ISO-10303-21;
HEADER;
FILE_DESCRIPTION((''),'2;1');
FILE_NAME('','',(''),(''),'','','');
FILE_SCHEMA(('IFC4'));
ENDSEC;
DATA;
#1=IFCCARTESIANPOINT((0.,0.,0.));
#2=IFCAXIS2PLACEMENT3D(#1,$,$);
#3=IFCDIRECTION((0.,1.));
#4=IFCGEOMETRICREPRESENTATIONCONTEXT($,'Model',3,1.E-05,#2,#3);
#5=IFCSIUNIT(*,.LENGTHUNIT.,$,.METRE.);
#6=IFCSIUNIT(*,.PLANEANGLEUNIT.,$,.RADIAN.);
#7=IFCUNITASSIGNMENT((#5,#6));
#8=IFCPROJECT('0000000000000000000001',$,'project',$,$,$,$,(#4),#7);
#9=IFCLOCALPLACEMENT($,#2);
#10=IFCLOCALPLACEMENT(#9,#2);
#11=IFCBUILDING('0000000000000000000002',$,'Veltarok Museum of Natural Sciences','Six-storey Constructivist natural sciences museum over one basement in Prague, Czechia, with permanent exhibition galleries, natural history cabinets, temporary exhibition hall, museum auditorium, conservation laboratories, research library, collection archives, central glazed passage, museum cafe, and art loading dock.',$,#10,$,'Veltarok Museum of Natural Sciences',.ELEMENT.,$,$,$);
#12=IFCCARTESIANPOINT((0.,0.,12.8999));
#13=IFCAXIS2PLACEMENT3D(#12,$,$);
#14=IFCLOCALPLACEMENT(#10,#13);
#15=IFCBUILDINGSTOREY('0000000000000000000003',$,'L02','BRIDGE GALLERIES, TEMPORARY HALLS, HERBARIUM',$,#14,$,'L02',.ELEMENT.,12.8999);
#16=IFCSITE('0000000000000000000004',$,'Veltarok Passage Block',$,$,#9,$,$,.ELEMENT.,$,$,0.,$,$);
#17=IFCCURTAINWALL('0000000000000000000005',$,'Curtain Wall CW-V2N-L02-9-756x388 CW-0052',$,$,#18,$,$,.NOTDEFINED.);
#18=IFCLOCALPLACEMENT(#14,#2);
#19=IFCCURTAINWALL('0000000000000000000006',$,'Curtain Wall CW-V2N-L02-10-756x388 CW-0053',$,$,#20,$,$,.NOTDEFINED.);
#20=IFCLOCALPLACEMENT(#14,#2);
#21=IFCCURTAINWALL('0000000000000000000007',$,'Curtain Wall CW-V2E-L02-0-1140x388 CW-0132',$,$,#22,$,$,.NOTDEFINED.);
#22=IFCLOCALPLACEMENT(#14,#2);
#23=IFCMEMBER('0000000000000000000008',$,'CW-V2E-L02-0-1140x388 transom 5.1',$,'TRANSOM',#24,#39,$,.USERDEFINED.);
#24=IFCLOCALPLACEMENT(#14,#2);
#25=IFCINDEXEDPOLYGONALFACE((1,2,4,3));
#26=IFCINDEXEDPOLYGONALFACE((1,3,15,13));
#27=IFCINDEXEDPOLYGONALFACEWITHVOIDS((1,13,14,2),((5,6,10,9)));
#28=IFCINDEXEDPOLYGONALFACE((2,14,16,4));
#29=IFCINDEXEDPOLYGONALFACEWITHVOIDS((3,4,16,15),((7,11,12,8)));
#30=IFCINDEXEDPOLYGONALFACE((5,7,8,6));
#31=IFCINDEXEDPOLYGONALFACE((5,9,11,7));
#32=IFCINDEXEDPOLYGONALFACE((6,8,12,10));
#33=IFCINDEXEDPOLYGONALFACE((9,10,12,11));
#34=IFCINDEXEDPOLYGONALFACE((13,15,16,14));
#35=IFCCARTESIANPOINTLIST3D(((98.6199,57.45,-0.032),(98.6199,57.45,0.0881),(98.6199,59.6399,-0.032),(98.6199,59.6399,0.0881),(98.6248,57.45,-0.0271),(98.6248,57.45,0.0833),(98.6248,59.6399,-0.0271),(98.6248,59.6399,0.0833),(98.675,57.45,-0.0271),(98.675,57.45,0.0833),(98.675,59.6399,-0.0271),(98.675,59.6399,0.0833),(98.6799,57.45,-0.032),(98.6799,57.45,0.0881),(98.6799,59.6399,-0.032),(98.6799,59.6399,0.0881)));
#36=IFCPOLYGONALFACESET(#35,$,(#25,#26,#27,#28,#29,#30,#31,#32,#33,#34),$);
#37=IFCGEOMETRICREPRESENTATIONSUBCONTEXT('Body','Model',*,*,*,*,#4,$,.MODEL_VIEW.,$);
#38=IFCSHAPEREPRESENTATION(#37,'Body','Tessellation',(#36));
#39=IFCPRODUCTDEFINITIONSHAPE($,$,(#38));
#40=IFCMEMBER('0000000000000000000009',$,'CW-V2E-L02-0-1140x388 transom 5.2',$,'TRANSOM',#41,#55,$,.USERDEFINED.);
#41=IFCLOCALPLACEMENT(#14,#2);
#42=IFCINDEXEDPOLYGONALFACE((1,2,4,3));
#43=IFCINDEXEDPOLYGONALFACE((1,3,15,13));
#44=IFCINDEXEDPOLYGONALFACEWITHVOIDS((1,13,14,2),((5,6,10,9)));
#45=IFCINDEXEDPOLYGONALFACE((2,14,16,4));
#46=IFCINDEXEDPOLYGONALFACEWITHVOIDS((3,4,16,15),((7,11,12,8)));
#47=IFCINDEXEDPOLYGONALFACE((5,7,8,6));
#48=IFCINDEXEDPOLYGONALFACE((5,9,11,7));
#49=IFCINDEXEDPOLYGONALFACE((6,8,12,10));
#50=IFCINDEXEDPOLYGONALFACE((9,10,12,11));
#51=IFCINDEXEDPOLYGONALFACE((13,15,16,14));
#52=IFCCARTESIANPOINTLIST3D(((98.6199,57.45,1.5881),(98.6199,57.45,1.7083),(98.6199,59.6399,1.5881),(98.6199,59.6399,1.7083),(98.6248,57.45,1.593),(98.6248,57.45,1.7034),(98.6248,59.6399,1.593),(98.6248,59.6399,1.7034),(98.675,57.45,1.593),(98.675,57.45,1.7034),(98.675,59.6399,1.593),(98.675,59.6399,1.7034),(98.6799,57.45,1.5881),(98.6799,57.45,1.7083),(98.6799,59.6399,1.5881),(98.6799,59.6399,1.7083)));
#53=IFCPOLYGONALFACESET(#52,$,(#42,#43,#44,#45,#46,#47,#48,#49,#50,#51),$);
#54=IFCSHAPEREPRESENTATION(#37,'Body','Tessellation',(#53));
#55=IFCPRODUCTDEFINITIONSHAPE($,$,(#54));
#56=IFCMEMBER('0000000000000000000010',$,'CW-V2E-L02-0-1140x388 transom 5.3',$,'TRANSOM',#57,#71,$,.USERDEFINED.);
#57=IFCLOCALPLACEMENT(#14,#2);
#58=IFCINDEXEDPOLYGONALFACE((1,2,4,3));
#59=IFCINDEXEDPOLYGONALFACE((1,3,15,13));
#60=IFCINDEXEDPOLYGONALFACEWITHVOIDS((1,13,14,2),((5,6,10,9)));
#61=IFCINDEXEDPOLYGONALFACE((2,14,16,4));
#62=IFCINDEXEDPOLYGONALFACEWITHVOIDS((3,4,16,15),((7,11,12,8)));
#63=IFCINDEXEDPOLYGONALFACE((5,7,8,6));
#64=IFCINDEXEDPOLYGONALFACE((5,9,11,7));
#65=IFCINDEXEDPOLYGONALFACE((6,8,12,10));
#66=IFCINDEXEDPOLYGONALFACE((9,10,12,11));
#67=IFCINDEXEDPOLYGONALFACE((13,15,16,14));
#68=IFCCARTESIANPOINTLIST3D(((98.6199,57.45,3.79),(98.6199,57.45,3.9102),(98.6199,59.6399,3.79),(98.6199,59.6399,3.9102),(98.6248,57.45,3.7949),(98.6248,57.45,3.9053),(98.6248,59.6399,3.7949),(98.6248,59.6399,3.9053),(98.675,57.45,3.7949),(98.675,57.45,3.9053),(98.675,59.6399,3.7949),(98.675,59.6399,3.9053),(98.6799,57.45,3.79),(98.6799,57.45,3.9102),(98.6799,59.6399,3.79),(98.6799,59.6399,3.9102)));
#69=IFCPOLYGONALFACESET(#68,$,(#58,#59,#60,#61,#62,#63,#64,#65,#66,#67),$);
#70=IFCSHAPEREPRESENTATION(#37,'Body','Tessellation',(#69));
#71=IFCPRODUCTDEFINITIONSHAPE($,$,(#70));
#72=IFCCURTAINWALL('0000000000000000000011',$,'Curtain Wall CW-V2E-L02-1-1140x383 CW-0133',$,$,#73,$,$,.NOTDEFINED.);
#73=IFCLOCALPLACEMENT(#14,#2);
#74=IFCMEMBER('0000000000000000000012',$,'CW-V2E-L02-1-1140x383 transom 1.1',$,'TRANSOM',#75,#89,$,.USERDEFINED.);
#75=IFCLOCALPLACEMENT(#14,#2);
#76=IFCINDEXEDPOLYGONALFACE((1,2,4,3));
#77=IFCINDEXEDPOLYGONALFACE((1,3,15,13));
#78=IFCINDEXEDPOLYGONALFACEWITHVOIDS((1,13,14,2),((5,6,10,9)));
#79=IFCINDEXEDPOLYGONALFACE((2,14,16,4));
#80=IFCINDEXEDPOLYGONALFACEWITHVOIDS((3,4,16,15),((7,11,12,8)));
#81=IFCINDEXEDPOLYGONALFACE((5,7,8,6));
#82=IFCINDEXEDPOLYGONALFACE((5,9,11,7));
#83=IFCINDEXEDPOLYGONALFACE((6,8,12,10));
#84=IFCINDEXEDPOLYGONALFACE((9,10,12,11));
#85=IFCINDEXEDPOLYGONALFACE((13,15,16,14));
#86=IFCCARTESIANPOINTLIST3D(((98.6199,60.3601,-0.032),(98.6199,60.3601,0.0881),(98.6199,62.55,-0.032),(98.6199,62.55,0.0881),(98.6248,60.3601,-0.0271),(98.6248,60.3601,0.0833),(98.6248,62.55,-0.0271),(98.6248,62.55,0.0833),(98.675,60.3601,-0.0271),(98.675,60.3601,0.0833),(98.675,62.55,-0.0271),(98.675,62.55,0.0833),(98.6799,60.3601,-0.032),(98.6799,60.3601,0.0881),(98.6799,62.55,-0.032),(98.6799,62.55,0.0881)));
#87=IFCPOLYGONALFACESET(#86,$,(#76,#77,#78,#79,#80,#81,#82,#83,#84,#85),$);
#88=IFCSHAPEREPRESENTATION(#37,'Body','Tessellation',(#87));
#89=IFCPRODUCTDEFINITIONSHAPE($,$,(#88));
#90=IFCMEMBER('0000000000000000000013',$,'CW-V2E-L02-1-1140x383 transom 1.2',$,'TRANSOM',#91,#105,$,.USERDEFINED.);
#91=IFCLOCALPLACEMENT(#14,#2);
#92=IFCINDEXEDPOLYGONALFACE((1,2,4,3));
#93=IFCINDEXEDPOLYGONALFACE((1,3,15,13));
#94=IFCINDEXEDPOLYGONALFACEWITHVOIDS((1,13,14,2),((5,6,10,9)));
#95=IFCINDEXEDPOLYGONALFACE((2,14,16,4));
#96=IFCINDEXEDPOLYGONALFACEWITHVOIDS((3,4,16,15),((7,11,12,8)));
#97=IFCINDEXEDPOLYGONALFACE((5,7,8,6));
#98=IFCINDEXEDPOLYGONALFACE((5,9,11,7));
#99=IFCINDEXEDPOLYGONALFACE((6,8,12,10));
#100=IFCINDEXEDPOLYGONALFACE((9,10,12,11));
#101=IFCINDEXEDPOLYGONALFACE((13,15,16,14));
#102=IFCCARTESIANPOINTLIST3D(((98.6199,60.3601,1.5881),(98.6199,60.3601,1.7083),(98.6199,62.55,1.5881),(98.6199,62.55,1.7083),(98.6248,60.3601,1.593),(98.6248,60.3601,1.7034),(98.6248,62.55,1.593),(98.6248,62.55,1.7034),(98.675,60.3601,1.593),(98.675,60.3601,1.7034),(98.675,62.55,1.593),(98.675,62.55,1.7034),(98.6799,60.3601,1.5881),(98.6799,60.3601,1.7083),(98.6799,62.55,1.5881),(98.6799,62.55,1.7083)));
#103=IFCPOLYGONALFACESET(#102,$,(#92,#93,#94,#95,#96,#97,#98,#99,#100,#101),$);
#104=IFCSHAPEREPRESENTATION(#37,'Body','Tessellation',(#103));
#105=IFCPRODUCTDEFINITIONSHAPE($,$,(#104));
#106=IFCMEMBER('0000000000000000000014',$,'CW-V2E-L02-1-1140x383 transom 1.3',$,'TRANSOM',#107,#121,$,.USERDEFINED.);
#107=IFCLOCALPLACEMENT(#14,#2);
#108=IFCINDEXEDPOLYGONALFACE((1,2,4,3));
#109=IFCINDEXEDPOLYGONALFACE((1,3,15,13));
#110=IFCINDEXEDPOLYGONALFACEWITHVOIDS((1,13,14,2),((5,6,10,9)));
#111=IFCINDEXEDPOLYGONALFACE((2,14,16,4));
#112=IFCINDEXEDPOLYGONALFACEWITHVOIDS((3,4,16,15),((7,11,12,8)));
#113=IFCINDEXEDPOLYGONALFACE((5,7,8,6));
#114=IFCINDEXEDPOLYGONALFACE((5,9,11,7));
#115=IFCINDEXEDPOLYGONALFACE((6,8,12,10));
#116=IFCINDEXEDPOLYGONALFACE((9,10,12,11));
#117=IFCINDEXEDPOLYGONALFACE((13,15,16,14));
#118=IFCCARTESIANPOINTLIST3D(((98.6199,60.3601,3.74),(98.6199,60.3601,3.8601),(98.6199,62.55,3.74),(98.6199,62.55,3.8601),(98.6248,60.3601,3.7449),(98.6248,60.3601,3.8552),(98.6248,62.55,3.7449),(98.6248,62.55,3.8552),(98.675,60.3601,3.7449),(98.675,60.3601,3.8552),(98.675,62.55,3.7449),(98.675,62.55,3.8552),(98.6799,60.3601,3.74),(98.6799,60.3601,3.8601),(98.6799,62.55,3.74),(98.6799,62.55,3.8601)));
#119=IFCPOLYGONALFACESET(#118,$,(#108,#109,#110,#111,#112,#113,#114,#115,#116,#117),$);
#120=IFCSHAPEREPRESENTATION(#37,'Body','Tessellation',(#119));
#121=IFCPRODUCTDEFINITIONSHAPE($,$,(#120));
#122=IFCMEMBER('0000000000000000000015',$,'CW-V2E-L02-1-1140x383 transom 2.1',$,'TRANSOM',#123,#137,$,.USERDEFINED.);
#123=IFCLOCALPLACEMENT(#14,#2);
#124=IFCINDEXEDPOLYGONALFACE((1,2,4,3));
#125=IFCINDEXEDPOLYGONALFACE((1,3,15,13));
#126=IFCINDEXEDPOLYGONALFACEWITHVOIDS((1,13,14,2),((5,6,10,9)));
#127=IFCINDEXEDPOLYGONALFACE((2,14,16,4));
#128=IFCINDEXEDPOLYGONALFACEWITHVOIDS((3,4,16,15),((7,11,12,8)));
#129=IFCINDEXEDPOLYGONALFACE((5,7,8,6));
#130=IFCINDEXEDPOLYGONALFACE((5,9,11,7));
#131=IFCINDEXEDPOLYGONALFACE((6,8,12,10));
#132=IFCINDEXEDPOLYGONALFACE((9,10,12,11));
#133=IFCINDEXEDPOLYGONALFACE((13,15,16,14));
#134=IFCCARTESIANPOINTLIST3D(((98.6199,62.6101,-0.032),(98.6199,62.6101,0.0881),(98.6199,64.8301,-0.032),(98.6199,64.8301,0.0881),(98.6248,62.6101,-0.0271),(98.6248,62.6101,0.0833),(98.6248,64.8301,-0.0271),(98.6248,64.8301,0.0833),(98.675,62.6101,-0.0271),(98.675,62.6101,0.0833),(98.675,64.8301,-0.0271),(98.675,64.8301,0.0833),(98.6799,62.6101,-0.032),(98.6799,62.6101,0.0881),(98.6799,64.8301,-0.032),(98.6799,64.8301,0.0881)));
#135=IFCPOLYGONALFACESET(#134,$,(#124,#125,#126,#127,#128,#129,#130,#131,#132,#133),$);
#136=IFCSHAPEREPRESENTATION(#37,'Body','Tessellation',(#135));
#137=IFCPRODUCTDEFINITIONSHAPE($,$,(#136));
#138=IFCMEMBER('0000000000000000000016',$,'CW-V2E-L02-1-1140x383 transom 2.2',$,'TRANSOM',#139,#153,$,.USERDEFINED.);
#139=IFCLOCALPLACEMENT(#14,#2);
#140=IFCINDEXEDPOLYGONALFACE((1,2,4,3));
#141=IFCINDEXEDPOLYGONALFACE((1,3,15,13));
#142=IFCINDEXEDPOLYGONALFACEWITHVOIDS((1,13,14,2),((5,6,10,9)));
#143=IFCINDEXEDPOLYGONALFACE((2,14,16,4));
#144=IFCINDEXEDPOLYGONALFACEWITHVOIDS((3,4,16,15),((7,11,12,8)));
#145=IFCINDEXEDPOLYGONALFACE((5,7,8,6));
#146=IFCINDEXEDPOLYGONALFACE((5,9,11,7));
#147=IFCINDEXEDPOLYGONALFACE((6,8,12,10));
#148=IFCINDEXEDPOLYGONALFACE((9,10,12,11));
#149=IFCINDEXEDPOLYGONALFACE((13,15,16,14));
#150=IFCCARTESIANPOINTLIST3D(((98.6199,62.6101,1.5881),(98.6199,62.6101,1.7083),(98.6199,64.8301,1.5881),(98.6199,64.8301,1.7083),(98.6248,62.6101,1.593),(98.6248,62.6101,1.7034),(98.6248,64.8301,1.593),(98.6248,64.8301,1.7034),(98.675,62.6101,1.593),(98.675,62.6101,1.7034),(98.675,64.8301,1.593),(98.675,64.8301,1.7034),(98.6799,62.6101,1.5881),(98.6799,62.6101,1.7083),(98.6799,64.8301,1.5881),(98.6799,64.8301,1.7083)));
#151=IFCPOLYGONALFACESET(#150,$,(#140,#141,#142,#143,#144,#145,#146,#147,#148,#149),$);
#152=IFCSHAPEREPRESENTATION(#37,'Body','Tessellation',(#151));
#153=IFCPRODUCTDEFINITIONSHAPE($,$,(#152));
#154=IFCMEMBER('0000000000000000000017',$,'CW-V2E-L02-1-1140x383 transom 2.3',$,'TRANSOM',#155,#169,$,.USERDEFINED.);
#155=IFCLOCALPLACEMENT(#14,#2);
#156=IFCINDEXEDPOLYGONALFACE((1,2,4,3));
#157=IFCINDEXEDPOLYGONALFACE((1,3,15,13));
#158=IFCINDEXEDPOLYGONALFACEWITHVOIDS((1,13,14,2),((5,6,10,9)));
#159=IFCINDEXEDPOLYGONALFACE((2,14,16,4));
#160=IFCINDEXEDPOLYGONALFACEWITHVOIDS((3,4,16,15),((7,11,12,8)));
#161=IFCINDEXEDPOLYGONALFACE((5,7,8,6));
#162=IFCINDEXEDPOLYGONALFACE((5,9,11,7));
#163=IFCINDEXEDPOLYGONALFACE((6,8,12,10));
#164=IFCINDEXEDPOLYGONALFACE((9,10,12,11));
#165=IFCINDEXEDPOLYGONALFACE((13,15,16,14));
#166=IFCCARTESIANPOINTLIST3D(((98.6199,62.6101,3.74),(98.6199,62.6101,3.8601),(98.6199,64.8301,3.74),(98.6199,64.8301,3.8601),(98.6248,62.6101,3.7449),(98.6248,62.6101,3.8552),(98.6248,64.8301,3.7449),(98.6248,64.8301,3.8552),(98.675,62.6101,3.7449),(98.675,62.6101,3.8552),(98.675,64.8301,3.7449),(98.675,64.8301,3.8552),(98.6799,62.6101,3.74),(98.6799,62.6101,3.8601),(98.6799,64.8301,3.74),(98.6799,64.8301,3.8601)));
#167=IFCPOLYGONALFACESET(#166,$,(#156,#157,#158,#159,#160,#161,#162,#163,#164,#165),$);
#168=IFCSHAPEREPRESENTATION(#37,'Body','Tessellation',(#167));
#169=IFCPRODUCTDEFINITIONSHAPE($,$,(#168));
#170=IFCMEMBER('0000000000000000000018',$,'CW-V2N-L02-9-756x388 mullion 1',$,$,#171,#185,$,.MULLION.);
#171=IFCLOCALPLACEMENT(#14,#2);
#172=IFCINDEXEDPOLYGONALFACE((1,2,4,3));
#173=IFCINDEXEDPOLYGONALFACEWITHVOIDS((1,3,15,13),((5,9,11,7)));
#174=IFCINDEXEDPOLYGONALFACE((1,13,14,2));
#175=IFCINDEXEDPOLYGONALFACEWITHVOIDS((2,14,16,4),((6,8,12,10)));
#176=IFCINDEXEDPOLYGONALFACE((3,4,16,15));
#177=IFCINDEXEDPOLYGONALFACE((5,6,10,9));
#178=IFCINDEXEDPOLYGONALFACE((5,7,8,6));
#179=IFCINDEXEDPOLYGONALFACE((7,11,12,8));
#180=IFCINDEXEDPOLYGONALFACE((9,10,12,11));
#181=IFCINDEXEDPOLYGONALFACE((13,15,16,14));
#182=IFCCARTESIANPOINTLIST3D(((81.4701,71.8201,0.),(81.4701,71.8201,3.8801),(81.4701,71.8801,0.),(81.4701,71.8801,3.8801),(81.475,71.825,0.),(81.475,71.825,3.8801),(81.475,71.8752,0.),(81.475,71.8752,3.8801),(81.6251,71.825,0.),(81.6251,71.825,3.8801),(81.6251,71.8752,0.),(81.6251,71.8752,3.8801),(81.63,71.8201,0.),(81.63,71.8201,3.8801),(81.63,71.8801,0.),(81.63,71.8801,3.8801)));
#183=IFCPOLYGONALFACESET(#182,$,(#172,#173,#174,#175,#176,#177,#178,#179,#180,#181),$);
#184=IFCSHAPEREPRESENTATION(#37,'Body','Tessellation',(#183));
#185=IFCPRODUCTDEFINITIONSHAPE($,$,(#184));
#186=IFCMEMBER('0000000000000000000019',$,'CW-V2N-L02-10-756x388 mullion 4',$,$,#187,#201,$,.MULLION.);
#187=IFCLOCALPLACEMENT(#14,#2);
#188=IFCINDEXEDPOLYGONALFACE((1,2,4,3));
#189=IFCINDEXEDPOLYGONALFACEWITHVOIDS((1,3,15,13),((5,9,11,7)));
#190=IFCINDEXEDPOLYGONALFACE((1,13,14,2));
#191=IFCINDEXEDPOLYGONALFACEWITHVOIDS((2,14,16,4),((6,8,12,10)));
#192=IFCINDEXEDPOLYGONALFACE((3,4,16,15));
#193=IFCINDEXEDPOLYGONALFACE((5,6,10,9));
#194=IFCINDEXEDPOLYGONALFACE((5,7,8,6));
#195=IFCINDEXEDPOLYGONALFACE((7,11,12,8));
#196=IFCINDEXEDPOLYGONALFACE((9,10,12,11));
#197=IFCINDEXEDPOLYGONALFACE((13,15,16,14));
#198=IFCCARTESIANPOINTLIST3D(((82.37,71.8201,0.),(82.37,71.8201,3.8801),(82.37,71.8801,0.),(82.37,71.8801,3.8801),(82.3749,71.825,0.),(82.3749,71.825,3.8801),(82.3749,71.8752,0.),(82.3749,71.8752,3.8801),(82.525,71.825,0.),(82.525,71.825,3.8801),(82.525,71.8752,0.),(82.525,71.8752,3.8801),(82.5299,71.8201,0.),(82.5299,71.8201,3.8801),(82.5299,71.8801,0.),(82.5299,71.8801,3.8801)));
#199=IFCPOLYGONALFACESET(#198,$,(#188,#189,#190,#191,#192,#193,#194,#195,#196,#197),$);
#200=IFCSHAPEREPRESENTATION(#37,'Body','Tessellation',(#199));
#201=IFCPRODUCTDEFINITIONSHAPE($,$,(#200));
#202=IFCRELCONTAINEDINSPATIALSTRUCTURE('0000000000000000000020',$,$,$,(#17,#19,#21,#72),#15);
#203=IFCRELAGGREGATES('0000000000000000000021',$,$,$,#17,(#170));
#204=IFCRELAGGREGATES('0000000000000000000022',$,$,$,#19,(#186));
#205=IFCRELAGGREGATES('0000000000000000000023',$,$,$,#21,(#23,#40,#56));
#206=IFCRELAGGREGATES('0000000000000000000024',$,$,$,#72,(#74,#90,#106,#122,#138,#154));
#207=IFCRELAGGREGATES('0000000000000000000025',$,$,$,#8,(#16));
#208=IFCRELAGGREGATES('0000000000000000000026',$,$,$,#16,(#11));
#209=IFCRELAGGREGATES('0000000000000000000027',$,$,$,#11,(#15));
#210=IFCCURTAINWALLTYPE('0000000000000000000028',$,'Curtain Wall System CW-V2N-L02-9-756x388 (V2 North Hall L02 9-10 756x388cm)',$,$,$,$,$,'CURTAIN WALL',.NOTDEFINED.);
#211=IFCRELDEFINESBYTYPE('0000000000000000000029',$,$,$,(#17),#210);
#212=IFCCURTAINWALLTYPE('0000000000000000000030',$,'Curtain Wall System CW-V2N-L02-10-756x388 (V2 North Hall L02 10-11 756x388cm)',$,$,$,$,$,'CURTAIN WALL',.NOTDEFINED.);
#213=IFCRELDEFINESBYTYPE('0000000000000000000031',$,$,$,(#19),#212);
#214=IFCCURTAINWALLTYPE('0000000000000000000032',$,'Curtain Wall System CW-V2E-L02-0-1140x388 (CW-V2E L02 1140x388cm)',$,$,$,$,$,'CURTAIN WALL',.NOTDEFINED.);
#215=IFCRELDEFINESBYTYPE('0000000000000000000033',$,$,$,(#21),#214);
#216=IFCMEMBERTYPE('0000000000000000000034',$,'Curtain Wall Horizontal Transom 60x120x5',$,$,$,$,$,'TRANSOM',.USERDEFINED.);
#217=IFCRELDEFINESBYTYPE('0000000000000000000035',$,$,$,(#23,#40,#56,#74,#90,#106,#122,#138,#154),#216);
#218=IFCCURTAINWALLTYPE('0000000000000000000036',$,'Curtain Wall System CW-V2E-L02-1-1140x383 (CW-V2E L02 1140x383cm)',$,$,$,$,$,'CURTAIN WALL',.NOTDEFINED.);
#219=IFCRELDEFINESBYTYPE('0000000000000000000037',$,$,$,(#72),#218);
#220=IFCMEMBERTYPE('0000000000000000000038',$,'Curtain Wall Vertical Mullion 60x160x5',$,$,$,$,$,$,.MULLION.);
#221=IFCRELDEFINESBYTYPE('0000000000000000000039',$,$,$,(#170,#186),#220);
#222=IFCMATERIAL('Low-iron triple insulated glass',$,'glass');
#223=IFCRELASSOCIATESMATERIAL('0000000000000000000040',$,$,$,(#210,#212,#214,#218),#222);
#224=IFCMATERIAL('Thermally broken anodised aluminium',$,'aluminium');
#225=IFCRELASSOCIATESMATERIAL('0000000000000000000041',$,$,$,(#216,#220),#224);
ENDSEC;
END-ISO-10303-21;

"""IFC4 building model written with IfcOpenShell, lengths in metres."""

from ifc_helpers import new_model, si_unit, direction, frame, origin, origin_2d, place, context, subcontext, project, spatial, hollow_rectangle, extrude, material, material_profile, profile_set, type_object, element, aggregate, save


model = new_model("IFC4")

# Units and contexts
model_context = context("Model", 3, precision=1e-05, world=origin(), true_north=direction((0.0, 1.0)))
body_context = subcontext(model_context, "Body", "Model", "MODEL_VIEW")
ifc_project = project(units=[si_unit("LENGTHUNIT", "METRE"), si_unit("PLANEANGLEUNIT", "RADIAN")], contexts=[model_context])

# Site, building, storey
site_placement = place(None, origin())
site = spatial("IfcSite", under=ifc_project, at=site_placement, Name="Veltarok Passage Block", CompositionType="ELEMENT", RefElevation=0.0)
building_placement = place(site_placement, origin())
building = spatial("IfcBuilding", under=site, at=building_placement, Name="Veltarok Museum of Natural Sciences", Description="Six-storey Constructivist natural sciences museum over one basement in Prague, Czechia, with permanent exhibition galleries, natural history cabinets, temporary exhibition hall, museum auditorium, conservation laboratories, research library, collection archives, central glazed passage, museum cafe, and art loading dock.", LongName="Veltarok Museum of Natural Sciences", CompositionType="ELEMENT")
storey_placement = place(building_placement, frame((0.0, 0.0, 12.8999)))
storey = spatial("IfcBuildingStorey", under=building, at=storey_placement, Name="L02", Description="BRIDGE GALLERIES, TEMPORARY HALLS, HERBARIUM", LongName="L02", CompositionType="ELEMENT", Elevation=12.8999)

# Curtain walls, members
ifc_material_1 = material(Name="Low-iron triple insulated glass", Category="glass")
curtain_wall_type_1 = type_object("IfcCurtainWallType", Name="Curtain Wall System CW-V2N-L02-9-756x388 (V2 North Hall L02 9-10 756x388cm)", ElementType="CURTAIN WALL", PredefinedType="NOTDEFINED", material=ifc_material_1)
curtain_wall_1_placement = place(storey_placement, origin())
curtain_wall_1 = element("IfcCurtainWall", 1, at=curtain_wall_1_placement, inside=storey, type_object=curtain_wall_type_1, Name="Curtain Wall CW-V2N-L02-9-756x388 CW-0052", PredefinedType="NOTDEFINED")
ifc_material_2 = material(Name="Thermally broken anodised aluminium", Category="aluminium")
ifc_material_profile_1 = material_profile(ifc_material_2, hollow_rectangle(XDim=0.0601, YDim=0.1201, WallThickness=0.0049, at=origin_2d()), Name="CW TRANSOM 60x120x5")
ifc_profile_set_1 = profile_set([ifc_material_profile_1], Name="Thermally broken anodised aluminium")
member_type_1 = type_object("IfcMemberType", Name="Curtain Wall Horizontal Transom 60x120x5", ElementType="TRANSOM", PredefinedType="USERDEFINED", material=ifc_profile_set_1)
curtain_wall_type_2 = type_object("IfcCurtainWallType", Name="Curtain Wall System CW-V2N-L02-10-756x388 (V2 North Hall L02 10-11 756x388cm)", ElementType="CURTAIN WALL", PredefinedType="NOTDEFINED", material=ifc_material_1)
curtain_wall_2_placement = place(storey_placement, origin())
curtain_wall_2 = element("IfcCurtainWall", 2, at=curtain_wall_2_placement, inside=storey, type_object=curtain_wall_type_2, Name="Curtain Wall CW-V2N-L02-10-756x388 CW-0053", PredefinedType="NOTDEFINED")
curtain_wall_type_3 = type_object("IfcCurtainWallType", Name="Curtain Wall System CW-V2E-L02-0-1140x388 (CW-V2E L02 1140x388cm)", ElementType="CURTAIN WALL", PredefinedType="NOTDEFINED", material=ifc_material_1)
curtain_wall_3_placement = place(storey_placement, origin())
curtain_wall_3 = element("IfcCurtainWall", 3, at=curtain_wall_3_placement, inside=storey, type_object=curtain_wall_type_3, Name="Curtain Wall CW-V2E-L02-0-1140x388 CW-0132", PredefinedType="NOTDEFINED")
member_1_placement = place(storey_placement, frame((98.6499, 57.45, 0.0281), z_axis=(0.0, 1.0, 0.0), x_axis=(-1.0, 0.0, 0.0)))
member_1 = element("IfcMember", 4, at=member_1_placement, type_object=member_type_1, Name="CW-V2E-L02-0-1140x388 transom 5.1", ObjectType="TRANSOM", PredefinedType="USERDEFINED", context=body_context, shape_type="SweptSolid", body=[
    extrude(hollow_rectangle(XDim=0.0601, YDim=0.1201, WallThickness=0.0049, at=origin_2d()), origin(), (0.0, 0.0, 1.0), 2.1899),
])
member_2_placement = place(storey_placement, frame((98.6499, 57.45, 1.6482), z_axis=(0.0, 1.0, 0.0), x_axis=(-1.0, 0.0, 0.0)))
member_2 = element("IfcMember", 5, at=member_2_placement, type_object=member_type_1, Name="CW-V2E-L02-0-1140x388 transom 5.2", ObjectType="TRANSOM", PredefinedType="USERDEFINED", context=body_context, shape_type="SweptSolid", body=[
    extrude(hollow_rectangle(XDim=0.0601, YDim=0.1201, WallThickness=0.0049, at=origin_2d()), origin(), (0.0, 0.0, 1.0), 2.1899),
])
member_3_placement = place(storey_placement, frame((98.6499, 57.45, 3.8501), z_axis=(0.0, 1.0, 0.0), x_axis=(-1.0, 0.0, 0.0)))
member_3 = element("IfcMember", 6, at=member_3_placement, type_object=member_type_1, Name="CW-V2E-L02-0-1140x388 transom 5.3", ObjectType="TRANSOM", PredefinedType="USERDEFINED", context=body_context, shape_type="SweptSolid", body=[
    extrude(hollow_rectangle(XDim=0.0601, YDim=0.1201, WallThickness=0.0049, at=origin_2d()), origin(), (0.0, 0.0, 1.0), 2.1899),
])
curtain_wall_type_4 = type_object("IfcCurtainWallType", Name="Curtain Wall System CW-V2E-L02-1-1140x383 (CW-V2E L02 1140x383cm)", ElementType="CURTAIN WALL", PredefinedType="NOTDEFINED", material=ifc_material_1)
curtain_wall_4_placement = place(storey_placement, origin())
curtain_wall_4 = element("IfcCurtainWall", 7, at=curtain_wall_4_placement, inside=storey, type_object=curtain_wall_type_4, Name="Curtain Wall CW-V2E-L02-1-1140x383 CW-0133", PredefinedType="NOTDEFINED")
member_4_placement = place(storey_placement, frame((98.6499, 60.3601, 0.0281), z_axis=(0.0, 1.0, 0.0), x_axis=(-1.0, 0.0, 0.0)))
member_4 = element("IfcMember", 8, at=member_4_placement, type_object=member_type_1, Name="CW-V2E-L02-1-1140x383 transom 1.1", ObjectType="TRANSOM", PredefinedType="USERDEFINED", context=body_context, shape_type="SweptSolid", body=[
    extrude(hollow_rectangle(XDim=0.0601, YDim=0.1201, WallThickness=0.0049, at=origin_2d()), origin(), (0.0, 0.0, 1.0), 2.1899),
])
member_5_placement = place(storey_placement, frame((98.6499, 60.3601, 1.6482), z_axis=(0.0, 1.0, 0.0), x_axis=(-1.0, 0.0, 0.0)))
member_5 = element("IfcMember", 9, at=member_5_placement, type_object=member_type_1, Name="CW-V2E-L02-1-1140x383 transom 1.2", ObjectType="TRANSOM", PredefinedType="USERDEFINED", context=body_context, shape_type="SweptSolid", body=[
    extrude(hollow_rectangle(XDim=0.0601, YDim=0.1201, WallThickness=0.0049, at=origin_2d()), origin(), (0.0, 0.0, 1.0), 2.1899),
])
member_6_placement = place(storey_placement, frame((98.6499, 60.3601, 3.8), z_axis=(0.0, 1.0, 0.0), x_axis=(-1.0, 0.0, 0.0)))
member_6 = element("IfcMember", 10, at=member_6_placement, type_object=member_type_1, Name="CW-V2E-L02-1-1140x383 transom 1.3", ObjectType="TRANSOM", PredefinedType="USERDEFINED", context=body_context, shape_type="SweptSolid", body=[
    extrude(hollow_rectangle(XDim=0.0601, YDim=0.1201, WallThickness=0.0049, at=origin_2d()), origin(), (0.0, 0.0, 1.0), 2.1899),
])
member_7_placement = place(storey_placement, frame((98.6499, 62.6101, 0.0281), z_axis=(0.0, 1.0, 0.0), x_axis=(-1.0, 0.0, 0.0)))
member_7 = element("IfcMember", 11, at=member_7_placement, type_object=member_type_1, Name="CW-V2E-L02-1-1140x383 transom 2.1", ObjectType="TRANSOM", PredefinedType="USERDEFINED", context=body_context, shape_type="SweptSolid", body=[
    extrude(hollow_rectangle(XDim=0.0601, YDim=0.1201, WallThickness=0.0049, at=origin_2d()), origin(), (0.0, 0.0, 1.0), 2.22),
])
member_8_placement = place(storey_placement, frame((98.6499, 62.6101, 1.6482), z_axis=(0.0, 1.0, 0.0), x_axis=(-1.0, 0.0, 0.0)))
member_8 = element("IfcMember", 12, at=member_8_placement, type_object=member_type_1, Name="CW-V2E-L02-1-1140x383 transom 2.2", ObjectType="TRANSOM", PredefinedType="USERDEFINED", context=body_context, shape_type="SweptSolid", body=[
    extrude(hollow_rectangle(XDim=0.0601, YDim=0.1201, WallThickness=0.0049, at=origin_2d()), origin(), (0.0, 0.0, 1.0), 2.22),
])
member_9_placement = place(storey_placement, frame((98.6499, 62.6101, 3.8), z_axis=(0.0, 1.0, 0.0), x_axis=(-1.0, 0.0, 0.0)))
member_9 = element("IfcMember", 13, at=member_9_placement, type_object=member_type_1, Name="CW-V2E-L02-1-1140x383 transom 2.3", ObjectType="TRANSOM", PredefinedType="USERDEFINED", context=body_context, shape_type="SweptSolid", body=[
    extrude(hollow_rectangle(XDim=0.0601, YDim=0.1201, WallThickness=0.0049, at=origin_2d()), origin(), (0.0, 0.0, 1.0), 2.22),
])

# Members
ifc_material_profile_2 = material_profile(ifc_material_2, hollow_rectangle(XDim=0.0601, YDim=0.1599, WallThickness=0.0049, at=origin_2d()), Name="CW MULLION 60x160x5")
ifc_profile_set_2 = profile_set([ifc_material_profile_2], Name="Thermally broken anodised aluminium")
member_type_2 = type_object("IfcMemberType", Name="Curtain Wall Vertical Mullion 60x160x5", PredefinedType="MULLION", material=ifc_profile_set_2)
member_10_placement = place(storey_placement, frame((81.55, 71.8501, 0.0), z_axis=(0.0, 0.0, 1.0), x_axis=(0.0, -1.0, 0.0)))
member_10 = element("IfcMember", 14, at=member_10_placement, type_object=member_type_2, Name="CW-V2N-L02-9-756x388 mullion 1", PredefinedType="MULLION", context=body_context, shape_type="SweptSolid", body=[
    extrude(hollow_rectangle(XDim=0.0601, YDim=0.1599, WallThickness=0.0049, at=origin_2d()), origin(), (0.0, 0.0, 1.0), 3.8801),
])
aggregate(curtain_wall_1, [member_10])
member_11_placement = place(storey_placement, frame((82.45, 71.8501, 0.0), z_axis=(0.0, 0.0, 1.0), x_axis=(0.0, -1.0, 0.0)))
member_11 = element("IfcMember", 15, at=member_11_placement, type_object=member_type_2, Name="CW-V2N-L02-10-756x388 mullion 4", PredefinedType="MULLION", context=body_context, shape_type="SweptSolid", body=[
    extrude(hollow_rectangle(XDim=0.0601, YDim=0.1599, WallThickness=0.0049, at=origin_2d()), origin(), (0.0, 0.0, 1.0), 3.8801),
])

aggregate(curtain_wall_2, [member_11])
aggregate(curtain_wall_3, [member_1, member_2, member_3])
aggregate(curtain_wall_4, [member_4, member_5, member_6, member_7, member_8, member_9])

save(model, "model.ifc")
